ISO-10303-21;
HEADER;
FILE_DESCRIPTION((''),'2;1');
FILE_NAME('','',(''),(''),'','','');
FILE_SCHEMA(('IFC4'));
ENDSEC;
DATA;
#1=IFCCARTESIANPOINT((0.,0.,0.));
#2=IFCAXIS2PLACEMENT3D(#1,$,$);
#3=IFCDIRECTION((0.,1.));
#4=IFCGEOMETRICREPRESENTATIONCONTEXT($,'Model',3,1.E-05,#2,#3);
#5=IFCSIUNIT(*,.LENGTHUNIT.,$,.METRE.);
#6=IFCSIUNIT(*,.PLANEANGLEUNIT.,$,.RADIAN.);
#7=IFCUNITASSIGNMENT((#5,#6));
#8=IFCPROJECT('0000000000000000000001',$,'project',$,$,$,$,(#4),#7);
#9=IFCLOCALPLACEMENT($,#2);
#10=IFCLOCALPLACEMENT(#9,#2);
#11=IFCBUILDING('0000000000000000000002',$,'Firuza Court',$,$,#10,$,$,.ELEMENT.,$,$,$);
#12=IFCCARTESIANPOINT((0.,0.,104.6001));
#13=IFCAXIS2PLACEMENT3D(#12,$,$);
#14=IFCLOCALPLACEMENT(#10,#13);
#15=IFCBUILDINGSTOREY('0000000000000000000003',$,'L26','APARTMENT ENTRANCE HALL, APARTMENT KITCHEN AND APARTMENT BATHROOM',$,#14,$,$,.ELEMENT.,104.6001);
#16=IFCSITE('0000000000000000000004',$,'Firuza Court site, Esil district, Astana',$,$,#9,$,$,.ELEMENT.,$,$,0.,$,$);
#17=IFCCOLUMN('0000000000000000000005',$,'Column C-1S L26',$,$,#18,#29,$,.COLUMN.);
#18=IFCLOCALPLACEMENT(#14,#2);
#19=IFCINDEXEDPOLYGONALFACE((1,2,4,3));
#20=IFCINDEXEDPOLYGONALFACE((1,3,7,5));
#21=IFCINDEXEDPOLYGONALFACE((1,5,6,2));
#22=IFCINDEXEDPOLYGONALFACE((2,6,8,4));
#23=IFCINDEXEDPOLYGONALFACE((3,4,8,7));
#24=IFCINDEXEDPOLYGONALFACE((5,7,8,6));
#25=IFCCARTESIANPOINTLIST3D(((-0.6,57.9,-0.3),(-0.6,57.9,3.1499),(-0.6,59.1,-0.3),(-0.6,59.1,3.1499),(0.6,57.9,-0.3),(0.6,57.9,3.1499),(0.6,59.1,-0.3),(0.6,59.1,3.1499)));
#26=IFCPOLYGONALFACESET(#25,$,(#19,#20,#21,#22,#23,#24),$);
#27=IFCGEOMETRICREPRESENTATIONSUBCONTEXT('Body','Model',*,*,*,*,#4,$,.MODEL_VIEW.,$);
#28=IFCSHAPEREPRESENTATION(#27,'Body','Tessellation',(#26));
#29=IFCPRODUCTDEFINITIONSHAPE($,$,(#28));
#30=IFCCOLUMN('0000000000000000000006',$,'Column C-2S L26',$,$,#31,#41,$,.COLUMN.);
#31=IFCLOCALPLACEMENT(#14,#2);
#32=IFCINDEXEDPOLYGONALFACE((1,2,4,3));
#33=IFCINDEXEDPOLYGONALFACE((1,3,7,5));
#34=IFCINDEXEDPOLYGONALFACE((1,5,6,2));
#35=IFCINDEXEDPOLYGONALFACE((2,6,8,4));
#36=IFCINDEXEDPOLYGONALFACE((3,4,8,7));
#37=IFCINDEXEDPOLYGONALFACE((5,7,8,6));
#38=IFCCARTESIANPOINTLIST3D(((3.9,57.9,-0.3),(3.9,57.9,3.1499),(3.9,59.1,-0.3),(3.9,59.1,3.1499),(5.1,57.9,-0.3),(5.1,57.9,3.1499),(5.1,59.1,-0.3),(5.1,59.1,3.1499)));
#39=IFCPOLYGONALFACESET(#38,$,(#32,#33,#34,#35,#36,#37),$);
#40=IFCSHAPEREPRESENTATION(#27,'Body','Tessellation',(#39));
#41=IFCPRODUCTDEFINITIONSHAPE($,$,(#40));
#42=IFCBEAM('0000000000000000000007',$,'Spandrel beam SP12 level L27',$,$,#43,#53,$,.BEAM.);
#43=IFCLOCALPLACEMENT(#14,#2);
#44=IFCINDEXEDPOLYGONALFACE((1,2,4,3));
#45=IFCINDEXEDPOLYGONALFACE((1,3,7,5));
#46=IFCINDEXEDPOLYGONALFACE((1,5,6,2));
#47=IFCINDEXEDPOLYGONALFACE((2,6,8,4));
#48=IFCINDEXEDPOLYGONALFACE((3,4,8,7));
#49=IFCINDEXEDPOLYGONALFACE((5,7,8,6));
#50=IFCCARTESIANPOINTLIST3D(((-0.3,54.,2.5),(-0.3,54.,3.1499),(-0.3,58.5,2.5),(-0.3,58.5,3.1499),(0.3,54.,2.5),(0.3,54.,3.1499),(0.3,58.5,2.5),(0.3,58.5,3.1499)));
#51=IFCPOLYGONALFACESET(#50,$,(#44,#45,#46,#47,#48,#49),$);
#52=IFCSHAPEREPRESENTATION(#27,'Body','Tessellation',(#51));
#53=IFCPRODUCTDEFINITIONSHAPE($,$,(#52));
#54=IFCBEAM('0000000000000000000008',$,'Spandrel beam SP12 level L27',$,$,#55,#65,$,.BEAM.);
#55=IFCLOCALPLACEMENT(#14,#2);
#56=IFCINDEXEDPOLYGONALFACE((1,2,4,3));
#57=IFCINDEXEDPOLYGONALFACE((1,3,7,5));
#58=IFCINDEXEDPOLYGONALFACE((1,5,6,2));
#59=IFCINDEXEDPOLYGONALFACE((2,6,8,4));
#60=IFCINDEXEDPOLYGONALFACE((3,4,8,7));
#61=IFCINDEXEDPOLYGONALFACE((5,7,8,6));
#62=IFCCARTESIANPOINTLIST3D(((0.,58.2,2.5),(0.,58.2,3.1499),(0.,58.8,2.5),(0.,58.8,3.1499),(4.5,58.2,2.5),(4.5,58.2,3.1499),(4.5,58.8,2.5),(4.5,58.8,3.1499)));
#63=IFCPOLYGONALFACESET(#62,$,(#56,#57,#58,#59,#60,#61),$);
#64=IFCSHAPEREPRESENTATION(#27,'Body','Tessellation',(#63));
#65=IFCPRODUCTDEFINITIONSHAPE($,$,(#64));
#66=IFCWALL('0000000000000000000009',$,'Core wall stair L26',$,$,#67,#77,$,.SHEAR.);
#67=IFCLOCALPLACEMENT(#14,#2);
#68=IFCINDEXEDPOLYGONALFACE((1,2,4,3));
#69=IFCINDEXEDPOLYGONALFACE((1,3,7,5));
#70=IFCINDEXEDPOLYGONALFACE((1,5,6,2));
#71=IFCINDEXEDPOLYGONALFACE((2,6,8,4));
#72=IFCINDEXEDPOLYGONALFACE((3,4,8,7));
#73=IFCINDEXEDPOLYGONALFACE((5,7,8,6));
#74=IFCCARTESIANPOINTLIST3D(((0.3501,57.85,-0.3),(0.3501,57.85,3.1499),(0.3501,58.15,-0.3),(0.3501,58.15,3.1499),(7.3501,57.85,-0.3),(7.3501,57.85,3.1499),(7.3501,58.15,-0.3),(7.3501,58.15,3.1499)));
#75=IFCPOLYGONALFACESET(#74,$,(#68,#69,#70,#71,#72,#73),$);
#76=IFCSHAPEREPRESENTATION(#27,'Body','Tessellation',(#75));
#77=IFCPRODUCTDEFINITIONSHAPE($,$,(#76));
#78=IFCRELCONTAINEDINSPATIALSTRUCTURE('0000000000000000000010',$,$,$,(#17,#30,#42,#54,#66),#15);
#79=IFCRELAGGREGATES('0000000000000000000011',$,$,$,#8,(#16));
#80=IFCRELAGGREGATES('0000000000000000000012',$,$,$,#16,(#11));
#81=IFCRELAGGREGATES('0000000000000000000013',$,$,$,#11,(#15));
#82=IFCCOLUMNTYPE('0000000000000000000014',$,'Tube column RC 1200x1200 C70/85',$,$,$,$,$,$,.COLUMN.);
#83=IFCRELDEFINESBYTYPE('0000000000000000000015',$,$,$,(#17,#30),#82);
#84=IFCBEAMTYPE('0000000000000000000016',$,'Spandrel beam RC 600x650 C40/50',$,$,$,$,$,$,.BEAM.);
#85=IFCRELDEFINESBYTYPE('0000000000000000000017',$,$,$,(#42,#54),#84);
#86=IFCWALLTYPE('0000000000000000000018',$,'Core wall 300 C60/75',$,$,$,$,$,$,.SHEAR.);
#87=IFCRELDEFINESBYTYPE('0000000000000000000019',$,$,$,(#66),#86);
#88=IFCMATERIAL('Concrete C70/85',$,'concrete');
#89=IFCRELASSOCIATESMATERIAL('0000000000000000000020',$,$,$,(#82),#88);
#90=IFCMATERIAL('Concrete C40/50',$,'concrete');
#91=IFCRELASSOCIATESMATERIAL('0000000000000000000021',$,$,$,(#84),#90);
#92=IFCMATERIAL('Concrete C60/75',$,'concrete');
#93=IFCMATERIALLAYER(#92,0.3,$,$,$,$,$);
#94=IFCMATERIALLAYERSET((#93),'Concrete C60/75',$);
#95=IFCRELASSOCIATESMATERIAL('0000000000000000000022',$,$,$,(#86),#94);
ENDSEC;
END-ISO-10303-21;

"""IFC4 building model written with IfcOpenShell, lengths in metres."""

from ifc_helpers import new_model, si_unit, direction, frame, frame_2d, origin, origin_2d, place, context, subcontext, project, spatial, rectangle, extrude, material, layer, layer_set, material_profile, profile_set, type_object, element, save


model = new_model("IFC4")

# Units and contexts
model_context = context("Model", 3, precision=1e-05, world=origin(), true_north=direction((0.0, 1.0)))
body_context = subcontext(model_context, "Body", "Model", "MODEL_VIEW")
ifc_project = project(units=[si_unit("LENGTHUNIT", "METRE"), si_unit("PLANEANGLEUNIT", "RADIAN")], contexts=[model_context])

# Site, building, storey
site_placement = place(None, origin())
site = spatial("IfcSite", under=ifc_project, at=site_placement, Name="Firuza Court site, Esil district, Astana", CompositionType="ELEMENT", RefElevation=0.0)
building_placement = place(site_placement, origin())
building = spatial("IfcBuilding", under=site, at=building_placement, Name="Firuza Court", CompositionType="ELEMENT")
storey_placement = place(building_placement, frame((0.0, 0.0, 104.6001)))
storey = spatial("IfcBuildingStorey", under=building, at=storey_placement, Name="L26", Description="APARTMENT ENTRANCE HALL, APARTMENT KITCHEN AND APARTMENT BATHROOM", CompositionType="ELEMENT", Elevation=104.6001)

# Columns
ifc_material_1 = material(Name="Concrete C70/85", Category="concrete")
ifc_material_profile_1 = material_profile(ifc_material_1, rectangle(XDim=1.2, YDim=1.2, at=origin_2d()), Name="RC 1200x1200")
ifc_profile_set_1 = profile_set([ifc_material_profile_1], Name="Concrete C70/85")
column_type = type_object("IfcColumnType", Name="Tube column RC 1200x1200 C70/85", PredefinedType="COLUMN", material=ifc_profile_set_1)
for number, where, z_axis, x_axis, name in (
    (1, (0.0, 58.5, -0.3), (0.0, 0.0, 1.0), (1.0, 0.0, 0.0), "Column C-1S L26"),
    (2, (4.5, 58.5, -0.3), (0.0, 0.0, 1.0), (1.0, 0.0, 0.0), "Column C-2S L26"),
):
    element("IfcColumn", number, at=place(storey_placement, frame(where, z_axis=z_axis, x_axis=x_axis)), inside=storey, type_object=column_type, Name=name, PredefinedType="COLUMN", context=body_context, shape_type="SweptSolid", body=[
        extrude(rectangle(XDim=1.2, YDim=1.2, at=origin_2d()), origin(), (0.0, 0.0, 1.0), 3.45),
    ])

# Beams
ifc_material_2 = material(Name="Concrete C40/50", Category="concrete")
ifc_material_profile_2 = material_profile(ifc_material_2, rectangle(XDim=0.6001, YDim=0.6499, at=origin_2d()), Name="RC 600x650")
ifc_profile_set_2 = profile_set([ifc_material_profile_2], Name="Concrete C40/50")
beam_type = type_object("IfcBeamType", Name="Spandrel beam RC 600x650 C40/50", PredefinedType="BEAM", material=ifc_profile_set_2)
for number, where, z_axis, x_axis, name in (
    (3, (0.0, 58.5, 2.825), (0.0, -1.0, 0.0), (1.0, 0.0, 0.0), "Spandrel beam SP12 level L27"),
    (4, (4.5, 58.5, 2.825), (-1.0, 0.0, 0.0), (0.0, -1.0, 0.0), "Spandrel beam SP12 level L27"),
):
    element("IfcBeam", number, at=place(storey_placement, frame(where, z_axis=z_axis, x_axis=x_axis)), inside=storey, type_object=beam_type, Name=name, PredefinedType="BEAM", context=body_context, shape_type="SweptSolid", body=[
        extrude(rectangle(XDim=0.6001, YDim=0.6499, at=origin_2d()), origin(), (0.0, 0.0, 1.0), 4.5),
    ])

# Wall
ifc_material_3 = material(Name="Concrete C60/75", Category="concrete")
ifc_layer_1 = layer(ifc_material_3, 0.3)
ifc_layer_set_1 = layer_set([ifc_layer_1], Name="Concrete C60/75")
wall_type_1 = type_object("IfcWallType", Name="Core wall 300 C60/75", PredefinedType="SHEAR", material=ifc_layer_set_1)
wall_1_placement = place(storey_placement, frame((0.3501, 58.0, -0.3), z_axis=(0.0, 0.0, 1.0), x_axis=(1.0, 0.0, 0.0)))
element("IfcWall", 5, at=wall_1_placement, inside=storey, type_object=wall_type_1, Name="Core wall stair L26", PredefinedType="SHEAR", context=body_context, shape_type="SweptSolid", body=[
    extrude(rectangle(XDim=7.0, YDim=0.3, at=frame_2d((3.5, 0.0))), origin(), (0.0, 0.0, 1.0), 3.45),
])

save(model, "model.ifc")
